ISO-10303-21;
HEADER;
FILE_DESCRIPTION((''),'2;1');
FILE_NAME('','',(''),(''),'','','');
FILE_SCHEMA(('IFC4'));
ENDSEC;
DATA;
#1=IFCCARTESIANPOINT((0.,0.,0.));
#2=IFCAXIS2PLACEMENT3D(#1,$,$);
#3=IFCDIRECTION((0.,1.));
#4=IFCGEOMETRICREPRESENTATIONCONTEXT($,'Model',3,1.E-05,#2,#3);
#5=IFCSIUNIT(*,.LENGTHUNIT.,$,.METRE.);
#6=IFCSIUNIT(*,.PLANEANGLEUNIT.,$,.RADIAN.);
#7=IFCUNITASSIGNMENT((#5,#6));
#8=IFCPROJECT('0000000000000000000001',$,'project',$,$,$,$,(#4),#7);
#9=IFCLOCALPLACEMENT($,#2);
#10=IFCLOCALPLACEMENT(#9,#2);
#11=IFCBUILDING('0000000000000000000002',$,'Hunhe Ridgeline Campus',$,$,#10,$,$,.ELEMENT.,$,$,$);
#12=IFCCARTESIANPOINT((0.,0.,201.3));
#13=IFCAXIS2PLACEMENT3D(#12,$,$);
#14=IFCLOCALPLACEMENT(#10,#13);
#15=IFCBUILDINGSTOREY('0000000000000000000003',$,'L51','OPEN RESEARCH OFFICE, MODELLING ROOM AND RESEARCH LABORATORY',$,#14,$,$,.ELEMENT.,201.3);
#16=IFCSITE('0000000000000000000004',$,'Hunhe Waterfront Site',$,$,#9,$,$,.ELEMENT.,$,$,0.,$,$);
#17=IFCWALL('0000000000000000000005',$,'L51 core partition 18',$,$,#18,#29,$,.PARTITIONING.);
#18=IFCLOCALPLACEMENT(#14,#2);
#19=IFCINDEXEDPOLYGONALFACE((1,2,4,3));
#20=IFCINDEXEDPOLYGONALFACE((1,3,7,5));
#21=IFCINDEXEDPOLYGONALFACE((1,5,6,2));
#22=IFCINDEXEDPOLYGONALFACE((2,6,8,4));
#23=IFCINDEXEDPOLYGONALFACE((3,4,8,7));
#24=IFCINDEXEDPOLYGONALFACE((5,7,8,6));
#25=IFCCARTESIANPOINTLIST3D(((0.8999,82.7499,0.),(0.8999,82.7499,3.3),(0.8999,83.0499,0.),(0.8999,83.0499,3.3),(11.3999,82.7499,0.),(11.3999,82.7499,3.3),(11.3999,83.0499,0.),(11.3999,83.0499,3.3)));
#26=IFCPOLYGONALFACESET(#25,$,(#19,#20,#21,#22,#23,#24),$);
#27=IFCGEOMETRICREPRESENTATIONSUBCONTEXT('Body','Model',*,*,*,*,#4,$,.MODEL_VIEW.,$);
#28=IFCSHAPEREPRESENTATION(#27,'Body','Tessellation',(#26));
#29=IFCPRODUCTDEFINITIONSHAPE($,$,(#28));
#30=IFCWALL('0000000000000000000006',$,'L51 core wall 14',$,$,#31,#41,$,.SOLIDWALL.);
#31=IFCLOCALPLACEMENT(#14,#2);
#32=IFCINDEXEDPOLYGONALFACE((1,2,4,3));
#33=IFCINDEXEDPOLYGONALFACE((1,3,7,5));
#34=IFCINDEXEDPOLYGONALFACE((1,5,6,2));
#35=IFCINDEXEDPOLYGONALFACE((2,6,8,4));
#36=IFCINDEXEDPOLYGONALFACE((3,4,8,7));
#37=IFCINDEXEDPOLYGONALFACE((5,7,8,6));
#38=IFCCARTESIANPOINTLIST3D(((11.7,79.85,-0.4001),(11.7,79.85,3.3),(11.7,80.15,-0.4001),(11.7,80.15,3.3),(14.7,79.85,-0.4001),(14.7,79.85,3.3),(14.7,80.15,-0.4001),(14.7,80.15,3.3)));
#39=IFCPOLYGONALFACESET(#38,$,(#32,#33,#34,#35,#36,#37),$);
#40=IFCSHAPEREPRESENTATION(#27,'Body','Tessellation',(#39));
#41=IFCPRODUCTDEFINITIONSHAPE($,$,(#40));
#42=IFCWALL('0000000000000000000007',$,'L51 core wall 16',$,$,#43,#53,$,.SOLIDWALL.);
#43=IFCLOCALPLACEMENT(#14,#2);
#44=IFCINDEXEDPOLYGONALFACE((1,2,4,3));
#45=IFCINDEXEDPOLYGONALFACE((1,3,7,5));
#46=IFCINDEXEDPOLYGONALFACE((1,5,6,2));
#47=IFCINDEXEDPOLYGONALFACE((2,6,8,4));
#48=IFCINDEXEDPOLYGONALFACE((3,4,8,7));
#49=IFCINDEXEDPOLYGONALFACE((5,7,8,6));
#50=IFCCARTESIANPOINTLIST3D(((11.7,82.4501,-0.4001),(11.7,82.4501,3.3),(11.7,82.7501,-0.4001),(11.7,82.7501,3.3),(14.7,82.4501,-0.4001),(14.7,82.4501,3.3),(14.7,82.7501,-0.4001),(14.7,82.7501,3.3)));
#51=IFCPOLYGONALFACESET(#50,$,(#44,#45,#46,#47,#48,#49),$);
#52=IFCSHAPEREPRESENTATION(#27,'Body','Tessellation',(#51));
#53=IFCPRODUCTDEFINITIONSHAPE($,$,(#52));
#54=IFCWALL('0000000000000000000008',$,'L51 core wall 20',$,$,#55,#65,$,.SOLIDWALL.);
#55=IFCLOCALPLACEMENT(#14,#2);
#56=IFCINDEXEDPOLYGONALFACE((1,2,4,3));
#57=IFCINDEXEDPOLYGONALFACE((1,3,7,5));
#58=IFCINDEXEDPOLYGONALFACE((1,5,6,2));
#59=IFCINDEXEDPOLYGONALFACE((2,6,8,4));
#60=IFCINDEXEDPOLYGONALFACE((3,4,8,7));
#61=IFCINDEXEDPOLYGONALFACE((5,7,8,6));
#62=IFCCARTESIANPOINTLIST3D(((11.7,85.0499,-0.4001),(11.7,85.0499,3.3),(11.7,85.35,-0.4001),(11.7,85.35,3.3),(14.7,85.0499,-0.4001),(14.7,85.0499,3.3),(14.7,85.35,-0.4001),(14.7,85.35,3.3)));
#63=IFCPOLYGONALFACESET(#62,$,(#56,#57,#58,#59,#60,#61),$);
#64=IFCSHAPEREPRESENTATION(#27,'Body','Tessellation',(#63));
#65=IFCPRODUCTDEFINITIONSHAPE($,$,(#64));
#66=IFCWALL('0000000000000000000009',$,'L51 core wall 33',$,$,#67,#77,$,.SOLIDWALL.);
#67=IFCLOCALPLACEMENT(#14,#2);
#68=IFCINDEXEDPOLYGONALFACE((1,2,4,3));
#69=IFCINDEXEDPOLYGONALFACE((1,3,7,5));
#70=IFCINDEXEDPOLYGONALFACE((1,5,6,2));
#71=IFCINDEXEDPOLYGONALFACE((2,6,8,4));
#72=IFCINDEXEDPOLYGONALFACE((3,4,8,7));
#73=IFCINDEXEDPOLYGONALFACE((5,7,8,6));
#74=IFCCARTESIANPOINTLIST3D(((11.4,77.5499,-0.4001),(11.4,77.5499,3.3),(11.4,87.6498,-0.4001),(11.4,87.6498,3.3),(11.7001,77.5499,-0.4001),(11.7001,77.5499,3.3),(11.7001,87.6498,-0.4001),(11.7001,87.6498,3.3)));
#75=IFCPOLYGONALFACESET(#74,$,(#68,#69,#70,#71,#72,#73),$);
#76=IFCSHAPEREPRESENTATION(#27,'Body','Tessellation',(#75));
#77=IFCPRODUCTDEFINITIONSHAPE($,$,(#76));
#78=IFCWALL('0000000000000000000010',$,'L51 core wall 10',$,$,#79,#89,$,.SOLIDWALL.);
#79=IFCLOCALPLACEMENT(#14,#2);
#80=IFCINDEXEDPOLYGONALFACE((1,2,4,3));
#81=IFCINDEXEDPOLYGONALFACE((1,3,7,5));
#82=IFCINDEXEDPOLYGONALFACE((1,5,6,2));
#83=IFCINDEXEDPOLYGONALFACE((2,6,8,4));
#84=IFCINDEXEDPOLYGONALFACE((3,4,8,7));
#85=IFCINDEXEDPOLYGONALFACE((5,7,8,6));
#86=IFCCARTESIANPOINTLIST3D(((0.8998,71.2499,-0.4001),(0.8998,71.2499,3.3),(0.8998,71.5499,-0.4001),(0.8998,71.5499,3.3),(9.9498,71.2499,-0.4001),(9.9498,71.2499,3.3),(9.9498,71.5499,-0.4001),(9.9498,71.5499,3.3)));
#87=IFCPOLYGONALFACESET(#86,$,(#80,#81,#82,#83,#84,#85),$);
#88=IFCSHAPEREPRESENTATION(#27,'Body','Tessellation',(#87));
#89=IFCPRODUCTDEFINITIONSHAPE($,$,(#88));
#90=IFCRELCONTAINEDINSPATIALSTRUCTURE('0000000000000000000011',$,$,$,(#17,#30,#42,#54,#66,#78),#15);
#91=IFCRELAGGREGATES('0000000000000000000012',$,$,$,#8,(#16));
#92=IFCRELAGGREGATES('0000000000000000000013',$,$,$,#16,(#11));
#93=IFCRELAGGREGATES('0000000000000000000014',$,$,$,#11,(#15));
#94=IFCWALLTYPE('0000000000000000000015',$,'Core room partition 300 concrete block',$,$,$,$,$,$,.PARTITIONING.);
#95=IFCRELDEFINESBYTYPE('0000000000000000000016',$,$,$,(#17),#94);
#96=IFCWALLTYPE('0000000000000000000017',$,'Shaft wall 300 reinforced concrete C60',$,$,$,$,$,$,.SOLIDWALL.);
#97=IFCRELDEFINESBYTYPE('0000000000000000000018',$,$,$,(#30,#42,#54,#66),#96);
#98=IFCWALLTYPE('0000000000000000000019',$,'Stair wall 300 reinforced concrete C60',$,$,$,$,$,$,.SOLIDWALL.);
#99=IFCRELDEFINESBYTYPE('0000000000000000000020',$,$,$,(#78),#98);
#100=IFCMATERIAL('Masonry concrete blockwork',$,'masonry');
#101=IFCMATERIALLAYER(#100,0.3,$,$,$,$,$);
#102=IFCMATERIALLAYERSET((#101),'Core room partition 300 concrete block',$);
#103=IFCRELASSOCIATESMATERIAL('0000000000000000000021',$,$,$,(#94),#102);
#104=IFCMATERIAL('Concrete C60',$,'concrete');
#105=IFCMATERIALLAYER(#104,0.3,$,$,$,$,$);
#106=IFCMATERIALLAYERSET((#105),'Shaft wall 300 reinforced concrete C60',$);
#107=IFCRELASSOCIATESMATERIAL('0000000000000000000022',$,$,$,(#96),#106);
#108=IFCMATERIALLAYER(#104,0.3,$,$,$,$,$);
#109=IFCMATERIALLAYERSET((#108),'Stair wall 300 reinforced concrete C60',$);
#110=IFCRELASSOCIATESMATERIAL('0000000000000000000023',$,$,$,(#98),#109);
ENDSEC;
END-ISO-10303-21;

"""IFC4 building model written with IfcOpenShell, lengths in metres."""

from ifc_helpers import new_model, si_unit, direction, frame, frame_2d, origin, place, context, subcontext, project, spatial, rectangle, extrude, material, layer, layer_set, type_object, element, save


model = new_model("IFC4")

# Units and contexts
model_context = context("Model", 3, precision=1e-05, world=origin(), true_north=direction((0.0, 1.0)))
body_context = subcontext(model_context, "Body", "Model", "MODEL_VIEW")
ifc_project = project(units=[si_unit("LENGTHUNIT", "METRE"), si_unit("PLANEANGLEUNIT", "RADIAN")], contexts=[model_context])

# Site, building, storey
site_placement = place(None, origin())
site = spatial("IfcSite", under=ifc_project, at=site_placement, Name="Hunhe Waterfront Site", CompositionType="ELEMENT", RefElevation=0.0)
building_placement = place(site_placement, origin())
building = spatial("IfcBuilding", under=site, at=building_placement, Name="Hunhe Ridgeline Campus", CompositionType="ELEMENT")
storey_placement = place(building_placement, frame((0.0, 0.0, 201.3)))
storey = spatial("IfcBuildingStorey", under=building, at=storey_placement, Name="L51", Description="OPEN RESEARCH OFFICE, MODELLING ROOM AND RESEARCH LABORATORY", CompositionType="ELEMENT", Elevation=201.3)

# Shared definitions
ifc_material_1 = material(Name="Masonry concrete blockwork", Category="masonry")
ifc_layer_1 = layer(ifc_material_1, 0.3)
ifc_layer_set_1 = layer_set([ifc_layer_1], Name="Core room partition 300 concrete block")
wall_type_1 = type_object("IfcWallType", Name="Core room partition 300 concrete block", PredefinedType="PARTITIONING", material=ifc_layer_set_1)

# Wall
wall_1_placement = place(storey_placement, frame((0.8999, 82.8999, 0.0), z_axis=(0.0, 0.0, 1.0), x_axis=(1.0, 0.0, 0.0)))
element("IfcWall", 1, at=wall_1_placement, inside=storey, type_object=wall_type_1, Name="L51 core partition 18", PredefinedType="PARTITIONING", context=body_context, shape_type="SweptSolid", body=[
    extrude(rectangle(XDim=10.5, YDim=0.3, at=frame_2d((5.25, 0.0))), origin(), (0.0, 0.0, 1.0), 3.3),
])

# Shared definitions
ifc_material_2 = material(Name="Concrete C60", Category="concrete")
ifc_layer_2 = layer(ifc_material_2, 0.3)
ifc_layer_set_2 = layer_set([ifc_layer_2], Name="Shaft wall 300 reinforced concrete C60")
wall_type_2 = type_object("IfcWallType", Name="Shaft wall 300 reinforced concrete C60", PredefinedType="SOLIDWALL", material=ifc_layer_set_2)

# Walls
for number, where, z_axis, x_axis, name in (
    (2, (11.7, 80.0, -0.4001), (0.0, 0.0, 1.0), (1.0, 0.0, 0.0), "L51 core wall 14"),
    (3, (11.7, 82.6001, -0.4001), (0.0, 0.0, 1.0), (1.0, 0.0, 0.0), "L51 core wall 16"),
    (4, (11.7, 85.2, -0.4001), (0.0, 0.0, 1.0), (1.0, 0.0, 0.0), "L51 core wall 20"),
):
    element("IfcWall", number, at=place(storey_placement, frame(where, z_axis=z_axis, x_axis=x_axis)), inside=storey, type_object=wall_type_2, Name=name, PredefinedType="SOLIDWALL", context=body_context, shape_type="SweptSolid", body=[
        extrude(rectangle(XDim=3.0, YDim=0.3, at=frame_2d((1.5, 0.0))), origin(), (0.0, 0.0, 1.0), 3.7002),
    ])
wall_2_placement = place(storey_placement, frame((11.55, 77.55, -0.4001), z_axis=(0.0, 0.0, 1.0), x_axis=(0.0, 1.0, 0.0)))
element("IfcWall", 5, at=wall_2_placement, inside=storey, type_object=wall_type_2, Name="L51 core wall 33", PredefinedType="SOLIDWALL", context=body_context, shape_type="SweptSolid", body=[
    extrude(rectangle(XDim=10.0999, YDim=0.3, at=frame_2d((5.0498, 0.0))), origin(), (0.0, 0.0, 1.0), 3.7002),
])
ifc_layer_3 = layer(ifc_material_2, 0.3)
ifc_layer_set_3 = layer_set([ifc_layer_3], Name="Stair wall 300 reinforced concrete C60")
wall_type_3 = type_object("IfcWallType", Name="Stair wall 300 reinforced concrete C60", PredefinedType="SOLIDWALL", material=ifc_layer_set_3)
wall_3_placement = place(storey_placement, frame((0.8999, 71.3999, -0.4001), z_axis=(0.0, 0.0, 1.0), x_axis=(1.0, 0.0, 0.0)))
element("IfcWall", 6, at=wall_3_placement, inside=storey, type_object=wall_type_3, Name="L51 core wall 10", PredefinedType="SOLIDWALL", context=body_context, shape_type="SweptSolid", body=[
    extrude(rectangle(XDim=9.05, YDim=0.3, at=frame_2d((4.5249, 0.0))), origin(), (0.0, 0.0, 1.0), 3.7002),
])

save(model, "model.ifc")
